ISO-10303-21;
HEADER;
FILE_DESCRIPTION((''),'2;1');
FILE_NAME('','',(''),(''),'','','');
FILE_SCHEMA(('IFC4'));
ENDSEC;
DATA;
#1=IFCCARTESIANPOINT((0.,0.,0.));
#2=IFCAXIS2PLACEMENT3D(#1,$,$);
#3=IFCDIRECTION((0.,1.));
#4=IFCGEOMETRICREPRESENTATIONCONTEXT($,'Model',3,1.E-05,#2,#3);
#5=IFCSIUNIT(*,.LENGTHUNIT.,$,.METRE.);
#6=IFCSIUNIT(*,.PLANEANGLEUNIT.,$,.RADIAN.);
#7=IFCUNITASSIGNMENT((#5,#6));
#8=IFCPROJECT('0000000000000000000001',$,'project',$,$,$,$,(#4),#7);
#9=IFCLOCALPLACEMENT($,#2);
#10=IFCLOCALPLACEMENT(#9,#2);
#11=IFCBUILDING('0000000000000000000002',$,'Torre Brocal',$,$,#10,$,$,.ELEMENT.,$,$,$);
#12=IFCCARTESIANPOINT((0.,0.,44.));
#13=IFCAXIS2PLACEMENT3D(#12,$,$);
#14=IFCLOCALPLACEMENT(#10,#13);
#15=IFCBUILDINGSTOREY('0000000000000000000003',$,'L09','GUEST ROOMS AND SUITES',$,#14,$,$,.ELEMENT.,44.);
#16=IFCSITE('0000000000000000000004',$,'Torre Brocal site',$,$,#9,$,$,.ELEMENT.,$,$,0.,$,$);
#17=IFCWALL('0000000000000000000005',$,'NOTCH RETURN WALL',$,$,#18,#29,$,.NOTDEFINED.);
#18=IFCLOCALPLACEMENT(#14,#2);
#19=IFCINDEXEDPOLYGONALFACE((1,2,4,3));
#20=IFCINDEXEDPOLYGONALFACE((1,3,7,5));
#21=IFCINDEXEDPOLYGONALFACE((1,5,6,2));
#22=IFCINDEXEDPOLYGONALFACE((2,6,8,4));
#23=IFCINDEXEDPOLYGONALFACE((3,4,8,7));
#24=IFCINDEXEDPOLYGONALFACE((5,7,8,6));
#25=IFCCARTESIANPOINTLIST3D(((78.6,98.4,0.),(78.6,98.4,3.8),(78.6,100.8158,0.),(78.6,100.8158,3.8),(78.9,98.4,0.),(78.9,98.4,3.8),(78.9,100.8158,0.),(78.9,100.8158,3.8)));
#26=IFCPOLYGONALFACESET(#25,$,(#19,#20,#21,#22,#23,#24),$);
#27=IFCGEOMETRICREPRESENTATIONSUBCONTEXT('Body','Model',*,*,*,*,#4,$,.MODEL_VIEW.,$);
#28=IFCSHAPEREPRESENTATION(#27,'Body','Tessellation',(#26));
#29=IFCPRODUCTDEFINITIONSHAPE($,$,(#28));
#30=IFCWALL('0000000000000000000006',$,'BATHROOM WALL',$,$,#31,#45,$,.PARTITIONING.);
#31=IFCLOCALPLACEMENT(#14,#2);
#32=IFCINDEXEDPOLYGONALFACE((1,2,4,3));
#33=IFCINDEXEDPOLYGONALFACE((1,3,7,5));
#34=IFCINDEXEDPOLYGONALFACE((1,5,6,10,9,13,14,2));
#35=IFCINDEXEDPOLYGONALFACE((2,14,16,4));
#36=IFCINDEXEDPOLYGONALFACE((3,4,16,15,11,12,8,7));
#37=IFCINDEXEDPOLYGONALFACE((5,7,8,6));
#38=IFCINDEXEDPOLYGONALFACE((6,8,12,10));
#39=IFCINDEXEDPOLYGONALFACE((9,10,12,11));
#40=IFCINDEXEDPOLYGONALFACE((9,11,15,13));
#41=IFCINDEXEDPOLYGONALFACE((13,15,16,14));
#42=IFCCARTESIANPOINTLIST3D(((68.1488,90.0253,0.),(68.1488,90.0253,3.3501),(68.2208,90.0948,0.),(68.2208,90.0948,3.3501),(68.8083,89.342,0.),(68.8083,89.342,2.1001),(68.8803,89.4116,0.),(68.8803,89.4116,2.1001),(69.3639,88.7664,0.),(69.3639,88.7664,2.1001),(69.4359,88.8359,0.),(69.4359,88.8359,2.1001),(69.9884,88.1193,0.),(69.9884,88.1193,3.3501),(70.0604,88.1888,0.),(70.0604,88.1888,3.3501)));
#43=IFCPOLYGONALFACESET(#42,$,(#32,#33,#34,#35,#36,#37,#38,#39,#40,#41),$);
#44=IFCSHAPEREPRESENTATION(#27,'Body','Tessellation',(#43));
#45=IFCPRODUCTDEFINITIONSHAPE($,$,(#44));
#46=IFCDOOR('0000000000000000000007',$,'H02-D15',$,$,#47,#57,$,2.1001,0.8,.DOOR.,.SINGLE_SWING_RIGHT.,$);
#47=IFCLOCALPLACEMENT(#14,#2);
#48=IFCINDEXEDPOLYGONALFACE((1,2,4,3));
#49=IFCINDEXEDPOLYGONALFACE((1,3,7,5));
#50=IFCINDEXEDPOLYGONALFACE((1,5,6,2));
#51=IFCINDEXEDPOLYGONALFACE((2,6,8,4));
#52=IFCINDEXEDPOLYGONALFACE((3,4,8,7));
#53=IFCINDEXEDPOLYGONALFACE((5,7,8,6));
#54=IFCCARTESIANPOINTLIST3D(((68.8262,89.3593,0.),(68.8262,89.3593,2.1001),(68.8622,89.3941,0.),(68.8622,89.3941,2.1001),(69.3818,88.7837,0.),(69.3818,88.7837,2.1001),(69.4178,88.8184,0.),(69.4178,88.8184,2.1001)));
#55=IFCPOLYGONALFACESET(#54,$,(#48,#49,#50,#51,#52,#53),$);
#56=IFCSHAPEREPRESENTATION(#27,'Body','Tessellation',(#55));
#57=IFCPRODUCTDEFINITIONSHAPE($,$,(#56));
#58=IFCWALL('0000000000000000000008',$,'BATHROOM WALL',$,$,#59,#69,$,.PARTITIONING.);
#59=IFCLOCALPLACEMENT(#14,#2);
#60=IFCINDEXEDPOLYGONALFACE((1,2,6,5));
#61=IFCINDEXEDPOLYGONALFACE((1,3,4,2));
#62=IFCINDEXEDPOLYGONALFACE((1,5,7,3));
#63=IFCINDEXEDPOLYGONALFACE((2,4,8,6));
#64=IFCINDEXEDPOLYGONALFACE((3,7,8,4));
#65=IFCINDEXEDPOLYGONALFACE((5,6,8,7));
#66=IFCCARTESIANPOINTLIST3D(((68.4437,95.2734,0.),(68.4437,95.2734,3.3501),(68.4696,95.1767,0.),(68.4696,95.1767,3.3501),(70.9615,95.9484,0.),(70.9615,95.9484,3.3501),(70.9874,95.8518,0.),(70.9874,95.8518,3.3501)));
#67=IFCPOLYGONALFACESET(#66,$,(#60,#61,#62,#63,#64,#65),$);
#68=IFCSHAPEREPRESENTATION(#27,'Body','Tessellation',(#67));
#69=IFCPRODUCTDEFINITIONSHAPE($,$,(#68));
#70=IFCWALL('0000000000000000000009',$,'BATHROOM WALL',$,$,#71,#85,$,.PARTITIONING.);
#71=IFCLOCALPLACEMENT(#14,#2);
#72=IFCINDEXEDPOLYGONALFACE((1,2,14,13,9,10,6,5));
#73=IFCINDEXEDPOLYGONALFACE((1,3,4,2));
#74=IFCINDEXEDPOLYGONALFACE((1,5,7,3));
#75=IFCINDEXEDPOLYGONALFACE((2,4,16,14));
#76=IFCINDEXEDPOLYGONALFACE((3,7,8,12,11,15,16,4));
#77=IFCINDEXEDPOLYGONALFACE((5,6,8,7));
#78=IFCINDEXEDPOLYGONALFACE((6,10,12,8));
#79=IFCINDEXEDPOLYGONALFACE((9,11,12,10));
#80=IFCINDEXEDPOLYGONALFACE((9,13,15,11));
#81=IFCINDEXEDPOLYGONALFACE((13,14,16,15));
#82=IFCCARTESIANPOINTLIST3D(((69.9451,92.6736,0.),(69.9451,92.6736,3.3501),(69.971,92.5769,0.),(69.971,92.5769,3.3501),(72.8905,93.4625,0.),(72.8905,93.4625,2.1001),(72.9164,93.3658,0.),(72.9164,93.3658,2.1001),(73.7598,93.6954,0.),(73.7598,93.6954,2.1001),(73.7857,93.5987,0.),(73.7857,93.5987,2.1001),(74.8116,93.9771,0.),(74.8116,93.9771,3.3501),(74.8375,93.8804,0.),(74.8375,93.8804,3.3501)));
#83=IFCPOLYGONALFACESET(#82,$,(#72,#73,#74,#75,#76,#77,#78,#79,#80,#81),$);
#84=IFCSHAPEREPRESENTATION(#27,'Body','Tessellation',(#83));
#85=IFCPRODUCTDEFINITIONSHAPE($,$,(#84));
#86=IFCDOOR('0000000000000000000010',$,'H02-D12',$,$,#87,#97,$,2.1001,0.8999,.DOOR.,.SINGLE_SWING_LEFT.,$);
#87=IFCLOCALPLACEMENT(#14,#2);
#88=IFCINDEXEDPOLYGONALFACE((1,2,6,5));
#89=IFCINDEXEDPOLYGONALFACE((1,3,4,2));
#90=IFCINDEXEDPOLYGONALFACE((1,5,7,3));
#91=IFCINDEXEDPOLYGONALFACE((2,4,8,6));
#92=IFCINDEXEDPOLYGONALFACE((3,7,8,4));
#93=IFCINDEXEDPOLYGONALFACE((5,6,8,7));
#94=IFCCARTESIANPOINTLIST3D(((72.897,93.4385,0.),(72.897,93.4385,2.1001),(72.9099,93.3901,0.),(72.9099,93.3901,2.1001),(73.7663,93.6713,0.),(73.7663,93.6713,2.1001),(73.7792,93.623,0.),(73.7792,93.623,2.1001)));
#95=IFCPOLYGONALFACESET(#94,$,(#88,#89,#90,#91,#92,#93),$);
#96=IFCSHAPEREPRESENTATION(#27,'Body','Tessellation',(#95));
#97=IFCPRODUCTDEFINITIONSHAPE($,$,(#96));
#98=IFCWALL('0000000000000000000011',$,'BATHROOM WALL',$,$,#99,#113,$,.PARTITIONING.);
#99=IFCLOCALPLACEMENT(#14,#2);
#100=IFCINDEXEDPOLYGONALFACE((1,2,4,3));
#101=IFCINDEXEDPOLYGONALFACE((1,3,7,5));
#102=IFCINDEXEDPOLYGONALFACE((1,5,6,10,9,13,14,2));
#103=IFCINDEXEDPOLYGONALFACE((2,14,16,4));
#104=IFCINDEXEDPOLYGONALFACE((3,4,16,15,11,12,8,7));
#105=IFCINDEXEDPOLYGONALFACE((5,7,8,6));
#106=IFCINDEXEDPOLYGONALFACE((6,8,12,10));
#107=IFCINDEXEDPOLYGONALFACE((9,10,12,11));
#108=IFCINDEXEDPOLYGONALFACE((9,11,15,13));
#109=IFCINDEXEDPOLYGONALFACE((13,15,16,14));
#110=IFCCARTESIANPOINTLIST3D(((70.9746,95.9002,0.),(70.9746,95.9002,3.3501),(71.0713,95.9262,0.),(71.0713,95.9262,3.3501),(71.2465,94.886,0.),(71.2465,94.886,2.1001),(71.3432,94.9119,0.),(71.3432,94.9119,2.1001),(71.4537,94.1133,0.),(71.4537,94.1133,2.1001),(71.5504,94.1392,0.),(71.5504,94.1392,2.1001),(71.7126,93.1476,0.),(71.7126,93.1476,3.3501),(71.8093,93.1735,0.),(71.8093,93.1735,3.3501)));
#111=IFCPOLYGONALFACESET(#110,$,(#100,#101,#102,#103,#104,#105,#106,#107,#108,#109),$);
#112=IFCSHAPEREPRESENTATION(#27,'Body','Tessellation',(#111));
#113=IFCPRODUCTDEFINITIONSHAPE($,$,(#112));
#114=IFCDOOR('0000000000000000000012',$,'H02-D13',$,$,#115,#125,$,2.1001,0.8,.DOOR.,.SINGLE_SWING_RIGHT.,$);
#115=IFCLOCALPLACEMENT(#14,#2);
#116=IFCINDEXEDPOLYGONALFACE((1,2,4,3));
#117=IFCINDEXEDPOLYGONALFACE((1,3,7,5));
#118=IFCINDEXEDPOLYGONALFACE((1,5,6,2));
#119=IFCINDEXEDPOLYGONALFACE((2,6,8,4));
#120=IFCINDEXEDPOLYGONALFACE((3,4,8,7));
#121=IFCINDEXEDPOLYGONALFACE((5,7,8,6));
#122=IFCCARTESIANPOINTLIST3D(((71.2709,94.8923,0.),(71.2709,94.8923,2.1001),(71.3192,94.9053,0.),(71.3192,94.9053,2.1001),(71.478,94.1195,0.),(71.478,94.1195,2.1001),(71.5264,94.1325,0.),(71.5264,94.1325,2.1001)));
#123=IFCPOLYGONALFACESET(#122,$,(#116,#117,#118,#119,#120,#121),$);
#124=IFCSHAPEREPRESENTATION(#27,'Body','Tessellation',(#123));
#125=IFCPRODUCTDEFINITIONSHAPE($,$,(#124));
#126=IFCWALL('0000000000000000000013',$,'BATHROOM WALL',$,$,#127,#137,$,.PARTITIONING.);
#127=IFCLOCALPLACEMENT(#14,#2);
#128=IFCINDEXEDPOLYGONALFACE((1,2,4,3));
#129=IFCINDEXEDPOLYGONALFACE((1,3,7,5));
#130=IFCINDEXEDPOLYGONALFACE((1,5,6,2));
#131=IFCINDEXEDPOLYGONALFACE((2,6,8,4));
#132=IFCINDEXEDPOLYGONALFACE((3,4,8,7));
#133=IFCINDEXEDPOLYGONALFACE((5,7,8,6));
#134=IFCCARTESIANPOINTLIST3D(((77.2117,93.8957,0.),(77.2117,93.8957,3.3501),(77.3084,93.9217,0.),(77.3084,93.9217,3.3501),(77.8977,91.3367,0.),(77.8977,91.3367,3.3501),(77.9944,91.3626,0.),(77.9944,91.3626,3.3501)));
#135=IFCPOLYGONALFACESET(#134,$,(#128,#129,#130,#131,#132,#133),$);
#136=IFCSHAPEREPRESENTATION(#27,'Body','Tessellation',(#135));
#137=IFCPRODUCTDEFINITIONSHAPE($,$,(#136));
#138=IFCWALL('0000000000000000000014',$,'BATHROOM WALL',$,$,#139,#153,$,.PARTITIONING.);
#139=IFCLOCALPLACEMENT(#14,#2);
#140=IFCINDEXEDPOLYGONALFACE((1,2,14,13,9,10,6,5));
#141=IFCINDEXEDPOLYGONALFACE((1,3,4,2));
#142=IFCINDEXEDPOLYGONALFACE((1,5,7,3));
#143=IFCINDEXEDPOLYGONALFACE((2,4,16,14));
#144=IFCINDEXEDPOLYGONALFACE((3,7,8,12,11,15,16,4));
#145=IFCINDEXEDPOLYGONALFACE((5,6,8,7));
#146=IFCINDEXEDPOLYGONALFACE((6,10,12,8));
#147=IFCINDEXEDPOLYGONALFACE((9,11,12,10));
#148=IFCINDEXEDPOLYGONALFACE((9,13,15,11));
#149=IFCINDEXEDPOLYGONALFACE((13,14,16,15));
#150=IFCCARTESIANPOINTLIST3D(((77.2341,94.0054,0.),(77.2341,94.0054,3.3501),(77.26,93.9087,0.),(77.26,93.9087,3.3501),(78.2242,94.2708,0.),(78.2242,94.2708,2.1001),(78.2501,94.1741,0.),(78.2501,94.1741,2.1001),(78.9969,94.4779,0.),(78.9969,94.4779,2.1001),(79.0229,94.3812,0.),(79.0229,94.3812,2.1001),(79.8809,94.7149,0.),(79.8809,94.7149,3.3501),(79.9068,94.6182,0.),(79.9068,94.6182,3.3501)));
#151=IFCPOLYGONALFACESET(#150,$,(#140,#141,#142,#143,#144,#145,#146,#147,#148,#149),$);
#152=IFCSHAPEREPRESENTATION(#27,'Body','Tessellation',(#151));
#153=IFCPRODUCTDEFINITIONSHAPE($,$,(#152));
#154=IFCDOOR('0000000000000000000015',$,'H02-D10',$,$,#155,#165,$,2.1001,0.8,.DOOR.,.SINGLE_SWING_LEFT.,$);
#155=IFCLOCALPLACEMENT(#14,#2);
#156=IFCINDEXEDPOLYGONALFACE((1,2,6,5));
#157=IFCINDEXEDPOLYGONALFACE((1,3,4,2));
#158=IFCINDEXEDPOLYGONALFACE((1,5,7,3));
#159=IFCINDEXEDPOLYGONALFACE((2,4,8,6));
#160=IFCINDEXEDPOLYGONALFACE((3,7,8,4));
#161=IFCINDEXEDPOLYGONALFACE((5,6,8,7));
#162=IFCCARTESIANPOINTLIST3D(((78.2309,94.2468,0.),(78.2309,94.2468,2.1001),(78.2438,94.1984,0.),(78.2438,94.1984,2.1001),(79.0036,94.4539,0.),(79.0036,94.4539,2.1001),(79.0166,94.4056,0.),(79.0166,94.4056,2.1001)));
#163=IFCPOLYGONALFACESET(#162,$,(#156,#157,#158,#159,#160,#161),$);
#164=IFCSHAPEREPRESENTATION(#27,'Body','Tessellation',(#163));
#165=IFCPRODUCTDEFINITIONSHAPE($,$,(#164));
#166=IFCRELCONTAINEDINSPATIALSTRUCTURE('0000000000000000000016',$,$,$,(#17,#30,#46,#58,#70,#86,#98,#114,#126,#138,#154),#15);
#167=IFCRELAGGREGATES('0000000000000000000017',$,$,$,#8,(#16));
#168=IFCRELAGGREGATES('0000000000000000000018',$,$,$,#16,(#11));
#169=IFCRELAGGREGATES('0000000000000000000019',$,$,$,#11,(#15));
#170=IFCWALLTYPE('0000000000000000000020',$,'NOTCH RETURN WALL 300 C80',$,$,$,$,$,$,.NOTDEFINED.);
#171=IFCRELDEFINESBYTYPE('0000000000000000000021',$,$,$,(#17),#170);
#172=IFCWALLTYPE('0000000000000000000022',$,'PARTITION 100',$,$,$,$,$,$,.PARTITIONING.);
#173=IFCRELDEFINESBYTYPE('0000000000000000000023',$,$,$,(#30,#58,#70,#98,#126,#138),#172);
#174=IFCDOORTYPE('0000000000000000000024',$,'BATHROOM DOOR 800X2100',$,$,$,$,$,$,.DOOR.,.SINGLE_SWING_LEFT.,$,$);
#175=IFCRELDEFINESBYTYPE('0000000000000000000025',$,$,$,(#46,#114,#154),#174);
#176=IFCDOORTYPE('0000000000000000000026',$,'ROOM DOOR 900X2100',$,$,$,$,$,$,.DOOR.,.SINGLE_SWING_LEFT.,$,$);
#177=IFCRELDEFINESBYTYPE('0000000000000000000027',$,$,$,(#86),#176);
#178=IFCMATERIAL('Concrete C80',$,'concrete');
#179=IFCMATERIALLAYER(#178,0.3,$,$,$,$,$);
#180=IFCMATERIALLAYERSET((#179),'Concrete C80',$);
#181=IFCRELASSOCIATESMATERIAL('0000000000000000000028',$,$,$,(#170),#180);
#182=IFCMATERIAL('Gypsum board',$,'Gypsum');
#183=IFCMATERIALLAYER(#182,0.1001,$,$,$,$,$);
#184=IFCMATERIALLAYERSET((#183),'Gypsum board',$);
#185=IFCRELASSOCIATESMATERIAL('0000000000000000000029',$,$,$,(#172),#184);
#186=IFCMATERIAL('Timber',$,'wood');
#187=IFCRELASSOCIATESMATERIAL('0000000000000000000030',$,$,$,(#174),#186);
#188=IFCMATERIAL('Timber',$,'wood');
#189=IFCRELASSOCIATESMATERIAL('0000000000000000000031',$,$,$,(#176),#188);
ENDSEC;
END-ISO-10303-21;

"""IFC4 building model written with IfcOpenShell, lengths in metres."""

from ifc_helpers import new_model, si_unit, direction, frame, frame_2d, origin, place, context, subcontext, project, spatial, rectangle, extrude, material, layer, layer_set, type_object, element, fill, save


model = new_model("IFC4")

# Units and contexts
model_context = context("Model", 3, precision=1e-05, world=origin(), true_north=direction((0.0, 1.0)))
body_context = subcontext(model_context, "Body", "Model", "MODEL_VIEW")
ifc_project = project(units=[si_unit("LENGTHUNIT", "METRE"), si_unit("PLANEANGLEUNIT", "RADIAN")], contexts=[model_context])

# Site, building, storey
site_placement = place(None, origin())
site = spatial("IfcSite", under=ifc_project, at=site_placement, Name="Torre Brocal site", CompositionType="ELEMENT", RefElevation=0.0)
building_placement = place(site_placement, origin())
building = spatial("IfcBuilding", under=site, at=building_placement, Name="Torre Brocal", CompositionType="ELEMENT")
storey_placement = place(building_placement, frame((0.0, 0.0, 44.0)))
storey = spatial("IfcBuildingStorey", under=building, at=storey_placement, Name="L09", Description="GUEST ROOMS AND SUITES", CompositionType="ELEMENT", Elevation=44.0)

# Wall
ifc_material_1 = material(Name="Concrete C80", Category="concrete")
ifc_layer_1 = layer(ifc_material_1, 0.3)
ifc_layer_set_1 = layer_set([ifc_layer_1], Name="Concrete C80")
wall_type_1 = type_object("IfcWallType", Name="NOTCH RETURN WALL 300 C80", PredefinedType="NOTDEFINED", material=ifc_layer_set_1)
wall_1_placement = place(storey_placement, frame((78.75, 98.3999, 0.0), z_axis=(0.0, 0.0, 1.0), x_axis=(0.0, 1.0, 0.0)))
element("IfcWall", 1, at=wall_1_placement, inside=storey, type_object=wall_type_1, Name="NOTCH RETURN WALL", PredefinedType="NOTDEFINED", context=body_context, shape_type="SweptSolid", body=[
    extrude(rectangle(XDim=2.4158, YDim=0.3, at=frame_2d((1.208, 0.0))), origin(), (0.0, 0.0, 1.0), 3.8),
])

# Wall, opening, door
ifc_material_2 = material(Name="Gypsum board", Category="Gypsum")
ifc_layer_2 = layer(ifc_material_2, 0.1001)
ifc_layer_set_2 = layer_set([ifc_layer_2], Name="Gypsum board")
wall_type_2 = type_object("IfcWallType", Name="PARTITION 100", PredefinedType="PARTITIONING", material=ifc_layer_set_2)
wall_2_placement = place(storey_placement, frame((68.1848, 90.0601, 0.0), z_axis=(0.0, 0.0, 1.0), x_axis=(0.694461, -0.71953, 0.0)))
wall_2 = element("IfcWall", 2, at=wall_2_placement, inside=storey, type_object=wall_type_2, Name="BATHROOM WALL", PredefinedType="PARTITIONING", context=body_context, shape_type="SweptSolid", body=[
    extrude(rectangle(XDim=2.6489, YDim=0.1001, at=frame_2d((1.3245, 0.0))), origin(), (0.0, 0.0, 1.0), 3.3501),
])
opening_1_placement = place(wall_2_placement, frame((0.9497, 0.0, 0.0)))
opening_1 = element("IfcOpeningElement", 3, at=opening_1_placement, cuts=wall_2, PredefinedType="OPENING", context=body_context, shape_type="SweptSolid", body=[
    extrude(rectangle(XDim=0.8, YDim=2.1001, at=frame_2d((0.3999, 1.05))), frame((0.0, 0.0601, 0.0), z_axis=(0.0, -1.0, 0.0), x_axis=(1.0, 0.0, 0.0)), (0.0, 0.0, 1.0), 0.1201),
])
ifc_material_3 = material(Name="Timber", Category="wood")
door_type_1 = type_object("IfcDoorType", Name="BATHROOM DOOR 800X2100", OperationType="SINGLE_SWING_LEFT", PredefinedType="DOOR", material=ifc_material_3)
door_1_placement = place(opening_1_placement, origin())
door_1 = element("IfcDoor", 4, at=door_1_placement, inside=storey, type_object=door_type_1, Name="H02-D15", OperationType="SINGLE_SWING_RIGHT", OverallHeight=2.1001, OverallWidth=0.8, PredefinedType="DOOR", context=body_context, shape_type="SweptSolid", body=[
    extrude(rectangle(XDim=0.8, YDim=2.1001, at=frame_2d((0.3999, 1.05))), frame((0.0, 0.0249, 0.0), z_axis=(0.0, -1.0, 0.0), x_axis=(1.0, 0.0, 0.0)), (0.0, 0.0, 1.0), 0.05),
])
fill(opening_1, door_1)

# Wall
wall_3_placement = place(storey_placement, frame((68.4568, 95.2251, 0.0), z_axis=(0.0, 0.0, 1.0), x_axis=(0.965887, 0.258962, 0.0)))
element("IfcWall", 5, at=wall_3_placement, inside=storey, type_object=wall_type_2, Name="BATHROOM WALL", PredefinedType="PARTITIONING", context=body_context, shape_type="SweptSolid", body=[
    extrude(rectangle(XDim=2.6067, YDim=0.1001, at=frame_2d((1.3032, 0.0))), origin(), (0.0, 0.0, 1.0), 3.3501),
])

# Walls, openings, doors
wall_4_placement = place(storey_placement, frame((69.958, 92.6252, 0.0), z_axis=(0.0, 0.0, 1.0), x_axis=(0.96595, 0.258727, 0.0)))
wall_4 = element("IfcWall", 6, at=wall_4_placement, inside=storey, type_object=wall_type_2, Name="BATHROOM WALL", PredefinedType="PARTITIONING", context=body_context, shape_type="SweptSolid", body=[
    extrude(rectangle(XDim=5.0381, YDim=0.1001, at=frame_2d((2.519, 0.0))), origin(), (0.0, 0.0, 1.0), 3.3501),
])
opening_2_placement = place(wall_4_placement, frame((3.0493, 0.0, 0.0)))
opening_2 = element("IfcOpeningElement", 7, at=opening_2_placement, cuts=wall_4, PredefinedType="OPENING", context=body_context, shape_type="SweptSolid", body=[
    extrude(rectangle(XDim=0.8999, YDim=2.1001, at=frame_2d((0.45, 1.05))), frame((0.0, 0.0601, 0.0), z_axis=(0.0, -1.0, 0.0), x_axis=(1.0, 0.0, 0.0)), (0.0, 0.0, 1.0), 0.1201),
])
ifc_material_4 = material(Name="Timber", Category="wood")
door_type_2 = type_object("IfcDoorType", Name="ROOM DOOR 900X2100", OperationType="SINGLE_SWING_LEFT", PredefinedType="DOOR", material=ifc_material_4)
door_2_placement = place(opening_2_placement, frame((0.8999, 0.0, 0.0), z_axis=(0.0, 0.0, 1.0), x_axis=(-1.0, 0.0, 0.0)))
door_2 = element("IfcDoor", 8, at=door_2_placement, inside=storey, type_object=door_type_2, Name="H02-D12", OperationType="SINGLE_SWING_LEFT", OverallHeight=2.1001, OverallWidth=0.8999, PredefinedType="DOOR", context=body_context, shape_type="SweptSolid", body=[
    extrude(rectangle(XDim=0.8999, YDim=2.1001, at=frame_2d((0.45, 1.05))), frame((0.0, 0.0249, 0.0), z_axis=(0.0, -1.0, 0.0), x_axis=(1.0, 0.0, 0.0)), (0.0, 0.0, 1.0), 0.05),
])
fill(opening_2, door_2)
wall_5_placement = place(storey_placement, frame((71.0229, 95.9131, 0.0), z_axis=(0.0, 0.0, 1.0), x_axis=(0.258969, -0.965886, 0.0)))
wall_5 = element("IfcWall", 9, at=wall_5_placement, inside=storey, type_object=wall_type_2, Name="BATHROOM WALL", PredefinedType="PARTITIONING", context=body_context, shape_type="SweptSolid", body=[
    extrude(rectangle(XDim=2.8499, YDim=0.1001, at=frame_2d((1.4248, 0.0))), origin(), (0.0, 0.0, 1.0), 3.3501),
])
opening_3_placement = place(wall_5_placement, frame((1.05, 0.0, 0.0)))
opening_3 = element("IfcOpeningElement", 10, at=opening_3_placement, cuts=wall_5, PredefinedType="OPENING", context=body_context, shape_type="SweptSolid", body=[
    extrude(rectangle(XDim=0.8, YDim=2.1001, at=frame_2d((0.3999, 1.05))), frame((0.0, 0.0601, 0.0), z_axis=(0.0, -1.0, 0.0), x_axis=(1.0, 0.0, 0.0)), (0.0, 0.0, 1.0), 0.1201),
])
door_3_placement = place(opening_3_placement, frame((0.8, 0.0, 0.0), z_axis=(0.0, 0.0, 1.0), x_axis=(-1.0, 0.0, 0.0)))
door_3 = element("IfcDoor", 11, at=door_3_placement, inside=storey, type_object=door_type_1, Name="H02-D13", OperationType="SINGLE_SWING_RIGHT", OverallHeight=2.1001, OverallWidth=0.8, PredefinedType="DOOR", context=body_context, shape_type="SweptSolid", body=[
    extrude(rectangle(XDim=0.8, YDim=2.1001, at=frame_2d((0.3999, 1.05))), frame((0.0, 0.0249, 0.0), z_axis=(0.0, -1.0, 0.0), x_axis=(1.0, 0.0, 0.0)), (0.0, 0.0, 1.0), 0.05),
])
fill(opening_3, door_3)

# Wall
wall_6_placement = place(storey_placement, frame((77.26, 93.9087, 0.0), z_axis=(0.0, 0.0, 1.0), x_axis=(0.258936, -0.965895, 0.0)))
element("IfcWall", 12, at=wall_6_placement, inside=storey, type_object=wall_type_2, Name="BATHROOM WALL", PredefinedType="PARTITIONING", context=body_context, shape_type="SweptSolid", body=[
    extrude(rectangle(XDim=2.6494, YDim=0.1001, at=frame_2d((1.3247, 0.0))), origin(), (0.0, 0.0, 1.0), 3.3501),
])

# Wall, opening, door
wall_7_placement = place(storey_placement, frame((77.2471, 93.957, 0.0), z_axis=(0.0, 0.0, 1.0), x_axis=(0.9659, 0.258916, 0.0)))
wall_7 = element("IfcWall", 13, at=wall_7_placement, inside=storey, type_object=wall_type_2, Name="BATHROOM WALL", PredefinedType="PARTITIONING", context=body_context, shape_type="SweptSolid", body=[
    extrude(rectangle(XDim=2.7402, YDim=0.1001, at=frame_2d((1.3701, 0.0))), origin(), (0.0, 0.0, 1.0), 3.3501),
])
opening_4_placement = place(wall_7_placement, frame((1.0251, 0.0, 0.0)))
opening_4 = element("IfcOpeningElement", 14, at=opening_4_placement, cuts=wall_7, PredefinedType="OPENING", context=body_context, shape_type="SweptSolid", body=[
    extrude(rectangle(XDim=0.8, YDim=2.1001, at=frame_2d((0.3999, 1.05))), frame((0.0, 0.0601, 0.0), z_axis=(0.0, -1.0, 0.0), x_axis=(1.0, 0.0, 0.0)), (0.0, 0.0, 1.0), 0.1201),
])
door_4_placement = place(opening_4_placement, frame((0.8, 0.0, 0.0), z_axis=(0.0, 0.0, 1.0), x_axis=(-1.0, 0.0, 0.0)))
door_4 = element("IfcDoor", 15, at=door_4_placement, inside=storey, type_object=door_type_1, Name="H02-D10", OperationType="SINGLE_SWING_LEFT", OverallHeight=2.1001, OverallWidth=0.8, PredefinedType="DOOR", context=body_context, shape_type="SweptSolid", body=[
    extrude(rectangle(XDim=0.8, YDim=2.1001, at=frame_2d((0.3999, 1.05))), frame((0.0, 0.0249, 0.0), z_axis=(0.0, -1.0, 0.0), x_axis=(1.0, 0.0, 0.0)), (0.0, 0.0, 1.0), 0.05),
])
fill(opening_4, door_4)

save(model, "model.ifc")
